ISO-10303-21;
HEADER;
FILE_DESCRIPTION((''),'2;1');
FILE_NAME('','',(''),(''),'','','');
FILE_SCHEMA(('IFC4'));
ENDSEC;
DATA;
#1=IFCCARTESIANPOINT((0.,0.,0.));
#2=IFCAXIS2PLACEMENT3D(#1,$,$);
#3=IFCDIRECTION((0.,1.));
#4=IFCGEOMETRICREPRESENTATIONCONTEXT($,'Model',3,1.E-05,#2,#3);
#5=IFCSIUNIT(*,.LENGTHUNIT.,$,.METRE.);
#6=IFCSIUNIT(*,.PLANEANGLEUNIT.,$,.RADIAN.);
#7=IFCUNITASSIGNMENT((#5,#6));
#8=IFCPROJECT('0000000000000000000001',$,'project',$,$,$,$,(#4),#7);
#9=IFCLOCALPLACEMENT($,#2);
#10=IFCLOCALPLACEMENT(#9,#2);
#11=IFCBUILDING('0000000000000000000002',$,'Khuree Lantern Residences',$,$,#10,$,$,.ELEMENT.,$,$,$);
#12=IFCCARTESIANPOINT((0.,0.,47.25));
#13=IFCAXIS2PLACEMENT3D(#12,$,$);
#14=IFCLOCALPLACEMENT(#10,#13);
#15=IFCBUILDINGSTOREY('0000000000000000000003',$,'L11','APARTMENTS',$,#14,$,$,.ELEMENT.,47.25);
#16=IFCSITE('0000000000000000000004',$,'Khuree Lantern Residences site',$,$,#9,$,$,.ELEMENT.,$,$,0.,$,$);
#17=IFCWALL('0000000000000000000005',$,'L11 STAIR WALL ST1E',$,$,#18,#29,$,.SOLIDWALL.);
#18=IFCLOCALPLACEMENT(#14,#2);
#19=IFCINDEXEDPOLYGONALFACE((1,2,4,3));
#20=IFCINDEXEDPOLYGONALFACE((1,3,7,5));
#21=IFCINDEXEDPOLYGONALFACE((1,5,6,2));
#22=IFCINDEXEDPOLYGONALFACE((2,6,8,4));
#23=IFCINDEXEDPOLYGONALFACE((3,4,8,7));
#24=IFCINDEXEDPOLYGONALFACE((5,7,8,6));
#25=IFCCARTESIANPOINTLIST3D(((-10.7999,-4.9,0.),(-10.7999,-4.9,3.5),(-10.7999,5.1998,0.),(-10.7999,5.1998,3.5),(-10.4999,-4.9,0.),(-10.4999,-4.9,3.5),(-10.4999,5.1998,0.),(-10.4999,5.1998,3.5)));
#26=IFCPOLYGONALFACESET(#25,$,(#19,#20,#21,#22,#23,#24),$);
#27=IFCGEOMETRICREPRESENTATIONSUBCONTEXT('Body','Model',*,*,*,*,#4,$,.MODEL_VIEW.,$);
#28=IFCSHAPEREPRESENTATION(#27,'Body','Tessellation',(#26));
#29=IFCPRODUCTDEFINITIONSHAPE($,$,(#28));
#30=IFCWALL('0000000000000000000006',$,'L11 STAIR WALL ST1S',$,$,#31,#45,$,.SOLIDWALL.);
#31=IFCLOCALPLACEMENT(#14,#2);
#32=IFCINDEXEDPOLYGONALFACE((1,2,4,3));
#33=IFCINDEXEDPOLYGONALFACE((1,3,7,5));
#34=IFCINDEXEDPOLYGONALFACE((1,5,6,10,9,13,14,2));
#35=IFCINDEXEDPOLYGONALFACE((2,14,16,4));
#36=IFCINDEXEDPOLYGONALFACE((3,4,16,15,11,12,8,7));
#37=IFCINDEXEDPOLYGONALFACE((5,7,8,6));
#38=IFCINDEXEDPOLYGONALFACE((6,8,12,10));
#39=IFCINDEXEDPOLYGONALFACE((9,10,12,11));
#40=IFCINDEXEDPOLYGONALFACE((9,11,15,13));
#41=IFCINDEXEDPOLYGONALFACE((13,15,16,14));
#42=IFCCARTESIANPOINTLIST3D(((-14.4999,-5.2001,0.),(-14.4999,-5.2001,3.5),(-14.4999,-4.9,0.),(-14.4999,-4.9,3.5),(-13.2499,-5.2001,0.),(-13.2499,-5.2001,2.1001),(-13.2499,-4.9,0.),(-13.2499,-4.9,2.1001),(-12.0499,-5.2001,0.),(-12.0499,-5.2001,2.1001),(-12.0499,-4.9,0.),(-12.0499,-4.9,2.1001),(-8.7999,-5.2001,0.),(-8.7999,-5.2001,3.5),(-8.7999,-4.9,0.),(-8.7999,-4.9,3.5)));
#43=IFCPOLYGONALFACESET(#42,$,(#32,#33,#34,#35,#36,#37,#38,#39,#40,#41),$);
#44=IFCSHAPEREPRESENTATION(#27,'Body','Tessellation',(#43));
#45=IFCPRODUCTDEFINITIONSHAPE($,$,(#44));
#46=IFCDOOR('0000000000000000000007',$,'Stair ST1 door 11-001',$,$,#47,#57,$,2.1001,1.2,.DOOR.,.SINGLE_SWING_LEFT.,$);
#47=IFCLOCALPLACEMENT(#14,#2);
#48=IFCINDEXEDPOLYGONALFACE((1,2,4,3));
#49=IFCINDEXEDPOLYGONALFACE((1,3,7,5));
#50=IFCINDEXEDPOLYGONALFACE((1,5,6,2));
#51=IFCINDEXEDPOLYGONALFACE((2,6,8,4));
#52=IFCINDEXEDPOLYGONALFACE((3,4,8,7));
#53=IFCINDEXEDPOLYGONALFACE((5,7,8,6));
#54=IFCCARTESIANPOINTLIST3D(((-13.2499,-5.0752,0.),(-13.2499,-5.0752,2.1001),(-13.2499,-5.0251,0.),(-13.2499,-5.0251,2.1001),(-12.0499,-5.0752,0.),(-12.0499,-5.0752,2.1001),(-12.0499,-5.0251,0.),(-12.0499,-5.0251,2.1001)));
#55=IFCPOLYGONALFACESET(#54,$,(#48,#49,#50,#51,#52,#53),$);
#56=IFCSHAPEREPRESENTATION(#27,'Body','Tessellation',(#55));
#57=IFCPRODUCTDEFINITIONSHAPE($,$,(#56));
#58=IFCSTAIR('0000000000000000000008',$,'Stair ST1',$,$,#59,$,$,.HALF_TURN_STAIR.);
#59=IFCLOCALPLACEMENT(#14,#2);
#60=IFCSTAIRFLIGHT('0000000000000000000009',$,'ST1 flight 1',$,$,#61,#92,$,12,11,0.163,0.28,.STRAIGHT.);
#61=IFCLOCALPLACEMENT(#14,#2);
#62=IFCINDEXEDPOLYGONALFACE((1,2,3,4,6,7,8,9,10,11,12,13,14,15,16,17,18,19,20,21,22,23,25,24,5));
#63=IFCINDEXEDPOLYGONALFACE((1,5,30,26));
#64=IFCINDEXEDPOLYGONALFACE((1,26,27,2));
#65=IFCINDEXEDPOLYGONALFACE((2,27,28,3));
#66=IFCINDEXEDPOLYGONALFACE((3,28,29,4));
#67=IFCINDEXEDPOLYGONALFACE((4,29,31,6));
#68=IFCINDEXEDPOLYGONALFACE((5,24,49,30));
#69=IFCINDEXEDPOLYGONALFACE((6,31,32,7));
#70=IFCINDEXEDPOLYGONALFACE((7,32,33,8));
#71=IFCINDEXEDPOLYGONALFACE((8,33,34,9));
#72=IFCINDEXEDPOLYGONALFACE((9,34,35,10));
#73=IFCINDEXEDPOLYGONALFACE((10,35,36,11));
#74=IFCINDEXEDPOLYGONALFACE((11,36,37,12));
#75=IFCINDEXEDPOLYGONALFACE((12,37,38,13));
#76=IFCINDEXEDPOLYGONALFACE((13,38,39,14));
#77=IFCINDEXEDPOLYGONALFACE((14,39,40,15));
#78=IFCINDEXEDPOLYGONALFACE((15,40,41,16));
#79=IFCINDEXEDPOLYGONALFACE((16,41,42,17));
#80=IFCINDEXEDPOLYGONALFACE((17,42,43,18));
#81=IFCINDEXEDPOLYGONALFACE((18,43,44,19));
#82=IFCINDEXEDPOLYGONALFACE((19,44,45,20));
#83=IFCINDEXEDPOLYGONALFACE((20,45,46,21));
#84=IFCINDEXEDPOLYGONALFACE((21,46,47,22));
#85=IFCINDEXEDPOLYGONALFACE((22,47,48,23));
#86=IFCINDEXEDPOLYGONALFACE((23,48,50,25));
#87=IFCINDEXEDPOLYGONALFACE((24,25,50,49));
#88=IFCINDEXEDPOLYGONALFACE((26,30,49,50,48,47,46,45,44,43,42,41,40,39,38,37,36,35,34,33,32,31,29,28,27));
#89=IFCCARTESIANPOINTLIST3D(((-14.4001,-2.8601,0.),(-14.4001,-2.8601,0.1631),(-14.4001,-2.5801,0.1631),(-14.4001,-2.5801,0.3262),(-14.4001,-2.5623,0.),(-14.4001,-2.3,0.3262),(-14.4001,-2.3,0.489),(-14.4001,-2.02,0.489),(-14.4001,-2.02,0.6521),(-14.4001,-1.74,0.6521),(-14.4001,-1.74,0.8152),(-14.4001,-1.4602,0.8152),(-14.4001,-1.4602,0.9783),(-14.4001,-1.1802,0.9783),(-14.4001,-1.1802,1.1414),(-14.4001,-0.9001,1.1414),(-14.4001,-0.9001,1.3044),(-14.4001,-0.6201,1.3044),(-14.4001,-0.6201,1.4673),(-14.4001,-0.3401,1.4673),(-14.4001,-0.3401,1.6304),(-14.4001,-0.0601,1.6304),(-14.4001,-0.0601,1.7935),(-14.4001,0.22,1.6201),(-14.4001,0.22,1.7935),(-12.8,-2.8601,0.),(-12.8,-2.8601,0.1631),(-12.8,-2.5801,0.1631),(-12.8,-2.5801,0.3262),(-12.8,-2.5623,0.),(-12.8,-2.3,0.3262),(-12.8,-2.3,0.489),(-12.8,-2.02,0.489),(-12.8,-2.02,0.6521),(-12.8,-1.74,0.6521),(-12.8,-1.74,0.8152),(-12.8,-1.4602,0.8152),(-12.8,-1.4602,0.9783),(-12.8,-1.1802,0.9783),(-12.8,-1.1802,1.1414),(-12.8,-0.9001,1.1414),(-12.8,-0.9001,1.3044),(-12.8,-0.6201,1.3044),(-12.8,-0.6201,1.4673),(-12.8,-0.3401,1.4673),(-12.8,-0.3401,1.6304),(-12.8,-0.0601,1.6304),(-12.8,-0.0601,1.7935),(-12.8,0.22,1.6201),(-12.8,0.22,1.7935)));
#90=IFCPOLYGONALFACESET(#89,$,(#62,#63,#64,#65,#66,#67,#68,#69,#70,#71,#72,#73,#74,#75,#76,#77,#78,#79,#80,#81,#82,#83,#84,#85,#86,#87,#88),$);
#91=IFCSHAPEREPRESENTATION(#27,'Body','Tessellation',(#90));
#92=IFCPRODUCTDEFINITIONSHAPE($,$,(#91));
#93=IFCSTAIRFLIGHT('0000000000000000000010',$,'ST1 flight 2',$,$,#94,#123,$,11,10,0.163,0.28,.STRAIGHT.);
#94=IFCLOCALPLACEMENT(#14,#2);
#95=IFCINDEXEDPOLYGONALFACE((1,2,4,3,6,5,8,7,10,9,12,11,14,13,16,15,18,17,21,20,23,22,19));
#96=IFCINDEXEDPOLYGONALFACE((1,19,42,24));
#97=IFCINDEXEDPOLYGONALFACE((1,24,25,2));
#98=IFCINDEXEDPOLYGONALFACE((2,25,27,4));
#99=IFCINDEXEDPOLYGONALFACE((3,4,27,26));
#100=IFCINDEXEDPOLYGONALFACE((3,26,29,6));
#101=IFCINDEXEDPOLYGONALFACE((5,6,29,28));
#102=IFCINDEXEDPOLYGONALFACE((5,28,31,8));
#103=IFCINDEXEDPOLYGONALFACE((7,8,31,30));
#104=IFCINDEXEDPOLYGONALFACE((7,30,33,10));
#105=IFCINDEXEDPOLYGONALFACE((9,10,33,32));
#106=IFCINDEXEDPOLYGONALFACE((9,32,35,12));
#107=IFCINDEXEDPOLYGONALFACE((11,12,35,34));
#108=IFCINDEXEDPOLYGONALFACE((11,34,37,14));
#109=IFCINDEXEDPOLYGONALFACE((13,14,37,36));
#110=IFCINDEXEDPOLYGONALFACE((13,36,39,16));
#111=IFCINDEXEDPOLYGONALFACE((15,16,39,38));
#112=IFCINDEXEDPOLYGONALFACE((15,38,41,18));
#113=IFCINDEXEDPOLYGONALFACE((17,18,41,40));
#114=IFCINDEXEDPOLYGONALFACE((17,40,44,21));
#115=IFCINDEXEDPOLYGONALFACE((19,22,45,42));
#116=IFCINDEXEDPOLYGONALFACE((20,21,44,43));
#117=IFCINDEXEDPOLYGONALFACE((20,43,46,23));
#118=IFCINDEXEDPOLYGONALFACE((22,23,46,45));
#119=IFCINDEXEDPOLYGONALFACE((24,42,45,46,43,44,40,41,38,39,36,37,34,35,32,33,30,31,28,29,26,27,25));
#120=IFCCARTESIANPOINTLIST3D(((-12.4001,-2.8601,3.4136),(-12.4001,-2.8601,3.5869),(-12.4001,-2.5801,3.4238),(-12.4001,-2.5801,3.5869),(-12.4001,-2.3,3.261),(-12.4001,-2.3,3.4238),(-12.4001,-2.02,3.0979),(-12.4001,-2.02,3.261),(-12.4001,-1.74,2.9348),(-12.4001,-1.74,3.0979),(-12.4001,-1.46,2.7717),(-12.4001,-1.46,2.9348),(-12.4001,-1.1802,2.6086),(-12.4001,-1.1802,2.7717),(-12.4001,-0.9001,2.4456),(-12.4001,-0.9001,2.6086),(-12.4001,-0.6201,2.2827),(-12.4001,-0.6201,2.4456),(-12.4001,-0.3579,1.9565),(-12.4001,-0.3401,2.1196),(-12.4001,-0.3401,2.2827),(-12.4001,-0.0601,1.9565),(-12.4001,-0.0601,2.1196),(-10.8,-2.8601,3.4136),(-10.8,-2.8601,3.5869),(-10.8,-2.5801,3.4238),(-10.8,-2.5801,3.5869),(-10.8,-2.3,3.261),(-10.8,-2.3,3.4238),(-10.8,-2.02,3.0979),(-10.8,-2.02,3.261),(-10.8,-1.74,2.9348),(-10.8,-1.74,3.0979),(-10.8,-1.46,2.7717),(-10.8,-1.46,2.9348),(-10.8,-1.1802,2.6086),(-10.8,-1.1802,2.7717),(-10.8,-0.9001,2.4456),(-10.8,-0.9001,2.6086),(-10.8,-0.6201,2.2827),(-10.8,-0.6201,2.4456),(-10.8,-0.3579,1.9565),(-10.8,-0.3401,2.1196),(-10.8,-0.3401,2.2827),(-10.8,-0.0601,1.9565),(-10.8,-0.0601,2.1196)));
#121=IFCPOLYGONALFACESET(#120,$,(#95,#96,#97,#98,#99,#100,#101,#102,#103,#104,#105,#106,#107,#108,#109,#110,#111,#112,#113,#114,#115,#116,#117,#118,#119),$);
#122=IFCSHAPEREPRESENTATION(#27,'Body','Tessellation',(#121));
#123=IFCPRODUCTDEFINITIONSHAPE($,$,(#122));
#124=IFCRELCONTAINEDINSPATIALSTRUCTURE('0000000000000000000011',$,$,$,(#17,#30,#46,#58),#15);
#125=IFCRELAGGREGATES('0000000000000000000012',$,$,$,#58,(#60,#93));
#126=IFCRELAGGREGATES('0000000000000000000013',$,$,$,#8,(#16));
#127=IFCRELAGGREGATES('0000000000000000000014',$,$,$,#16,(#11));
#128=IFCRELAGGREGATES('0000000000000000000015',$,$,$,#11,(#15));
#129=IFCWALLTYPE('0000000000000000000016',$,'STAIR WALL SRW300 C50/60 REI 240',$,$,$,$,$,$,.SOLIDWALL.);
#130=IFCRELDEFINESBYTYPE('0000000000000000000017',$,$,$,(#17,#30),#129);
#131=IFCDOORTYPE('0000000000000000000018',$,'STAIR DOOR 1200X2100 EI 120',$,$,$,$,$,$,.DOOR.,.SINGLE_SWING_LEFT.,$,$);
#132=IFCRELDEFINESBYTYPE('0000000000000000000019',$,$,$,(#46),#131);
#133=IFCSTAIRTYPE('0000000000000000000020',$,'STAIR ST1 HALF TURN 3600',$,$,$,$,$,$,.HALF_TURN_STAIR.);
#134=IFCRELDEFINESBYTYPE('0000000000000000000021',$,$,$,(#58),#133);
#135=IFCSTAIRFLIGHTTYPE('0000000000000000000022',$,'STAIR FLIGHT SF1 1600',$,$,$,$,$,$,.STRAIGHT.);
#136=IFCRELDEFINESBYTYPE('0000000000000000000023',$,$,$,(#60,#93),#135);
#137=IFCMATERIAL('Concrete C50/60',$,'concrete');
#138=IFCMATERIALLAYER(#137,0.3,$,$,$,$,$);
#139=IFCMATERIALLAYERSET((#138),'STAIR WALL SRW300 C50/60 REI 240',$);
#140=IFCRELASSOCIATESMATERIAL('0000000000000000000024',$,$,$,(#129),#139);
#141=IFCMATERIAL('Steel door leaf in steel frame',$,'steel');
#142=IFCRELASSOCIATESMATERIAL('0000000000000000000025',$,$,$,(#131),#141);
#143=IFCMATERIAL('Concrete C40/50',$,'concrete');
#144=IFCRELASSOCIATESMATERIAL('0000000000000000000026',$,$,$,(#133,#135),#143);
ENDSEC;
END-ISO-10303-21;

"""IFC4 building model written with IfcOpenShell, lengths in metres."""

from ifc_helpers import new_model, si_unit, direction, frame, frame_2d, origin, place, context, subcontext, project, spatial, polyline, rectangle, outline, extrude, material, layer, layer_set, type_object, element, fill, aggregate, save


model = new_model("IFC4")

# Units and contexts
model_context = context("Model", 3, precision=1e-05, world=origin(), true_north=direction((0.0, 1.0)))
body_context = subcontext(model_context, "Body", "Model", "MODEL_VIEW")
ifc_project = project(units=[si_unit("LENGTHUNIT", "METRE"), si_unit("PLANEANGLEUNIT", "RADIAN")], contexts=[model_context])

# Site, building, storey
site_placement = place(None, origin())
site = spatial("IfcSite", under=ifc_project, at=site_placement, Name="Khuree Lantern Residences site", CompositionType="ELEMENT", RefElevation=0.0)
building_placement = place(site_placement, origin())
building = spatial("IfcBuilding", under=site, at=building_placement, Name="Khuree Lantern Residences", CompositionType="ELEMENT")
storey_placement = place(building_placement, frame((0.0, 0.0, 47.25)))
storey = spatial("IfcBuildingStorey", under=building, at=storey_placement, Name="L11", Description="APARTMENTS", CompositionType="ELEMENT", Elevation=47.25)

# Shared definitions
ifc_material_1 = material(Name="Steel door leaf in steel frame", Category="steel")

# Wall
ifc_material_2 = material(Name="Concrete C50/60", Category="concrete")
ifc_layer_1 = layer(ifc_material_2, 0.3)
ifc_layer_set_1 = layer_set([ifc_layer_1], Name="STAIR WALL SRW300 C50/60 REI 240")
wall_type_1 = type_object("IfcWallType", Name="STAIR WALL SRW300 C50/60 REI 240", PredefinedType="SOLIDWALL", material=ifc_layer_set_1)
wall_1_placement = place(storey_placement, frame((-10.6499, -4.8999, 0.0), z_axis=(0.0, 0.0, 1.0), x_axis=(0.0, 1.0, 0.0)))
element("IfcWall", 1, at=wall_1_placement, inside=storey, type_object=wall_type_1, Name="L11 STAIR WALL ST1E", PredefinedType="SOLIDWALL", context=body_context, shape_type="SweptSolid", body=[
    extrude(rectangle(XDim=10.0999, YDim=0.3, at=frame_2d((5.0498, 0.0))), origin(), (0.0, 0.0, 1.0), 3.5),
])

# Wall, opening, door
wall_2_placement = place(storey_placement, frame((-14.5, -5.05, 0.0), z_axis=(0.0, 0.0, 1.0), x_axis=(1.0, 0.0, 0.0)))
wall_2 = element("IfcWall", 2, at=wall_2_placement, inside=storey, type_object=wall_type_1, Name="L11 STAIR WALL ST1S", PredefinedType="SOLIDWALL", context=body_context, shape_type="SweptSolid", body=[
    extrude(rectangle(XDim=5.7, YDim=0.3, at=frame_2d((2.8501, 0.0))), origin(), (0.0, 0.0, 1.0), 3.5),
])
opening_1_placement = place(wall_2_placement, frame((1.25, 0.0, 0.0)))
opening_1 = element("IfcOpeningElement", 3, at=opening_1_placement, cuts=wall_2, PredefinedType="OPENING", context=body_context, shape_type="SweptSolid", body=[
    extrude(rectangle(XDim=1.2, YDim=2.1001, at=frame_2d((0.6001, 1.05))), frame((0.0, 0.1602, 0.0), z_axis=(0.0, -1.0, 0.0), x_axis=(1.0, 0.0, 0.0)), (0.0, 0.0, 1.0), 0.3201),
])
door_type_1 = type_object("IfcDoorType", Name="STAIR DOOR 1200X2100 EI 120", OperationType="SINGLE_SWING_LEFT", PredefinedType="DOOR", material=ifc_material_1)
door_1_placement = place(opening_1_placement, origin())
door_1 = element("IfcDoor", 4, at=door_1_placement, inside=storey, type_object=door_type_1, Name="Stair ST1 door 11-001", OperationType="SINGLE_SWING_LEFT", OverallHeight=2.1001, OverallWidth=1.2, PredefinedType="DOOR", context=body_context, shape_type="SweptSolid", body=[
    extrude(rectangle(XDim=1.2, YDim=2.1001, at=frame_2d((0.6001, 1.05))), frame((0.0, 0.0249, 0.0), z_axis=(0.0, -1.0, 0.0), x_axis=(1.0, 0.0, 0.0)), (0.0, 0.0, 1.0), 0.05),
])
fill(opening_1, door_1)

# Stair, stair flights
ifc_material_3 = material(Name="Concrete C40/50", Category="concrete")
stair_type = type_object("IfcStairType", Name="STAIR ST1 HALF TURN 3600", PredefinedType="HALF_TURN_STAIR", material=ifc_material_3)
stair_placement = place(storey_placement, origin())
stair = element("IfcStair", 5, at=stair_placement, inside=storey, type_object=stair_type, Name="Stair ST1", PredefinedType="HALF_TURN_STAIR")
stair_flight_type = type_object("IfcStairFlightType", Name="STAIR FLIGHT SF1 1600", PredefinedType="STRAIGHT", material=ifc_material_3)
stair_flight_1_placement = place(storey_placement, frame((-13.6001, -2.8601, 0.0), z_axis=(0.0, 0.0, 1.0), x_axis=(0.0, 1.0, 0.0)))
stair_flight_1 = element("IfcStairFlight", 6, at=stair_flight_1_placement, type_object=stair_flight_type, Name="ST1 flight 1", NumberOfRisers=12, NumberOfTreads=11, PredefinedType="STRAIGHT", RiserHeight=0.163, TreadLength=0.28, context=body_context, shape_type="SweptSolid", body=[
    extrude(outline(polyline([(0.0, 0.0), (0.0, 0.1631), (0.28, 0.1631), (0.28, 0.3262), (0.5601, 0.3262), (0.5601, 0.489), (0.8401, 0.489), (0.8401, 0.6521), (1.1201, 0.6521), (1.1201, 0.8152), (1.3999, 0.8152), (1.3999, 0.9783), (1.6799, 0.9783), (1.6799, 1.1414), (1.96, 1.1414), (1.96, 1.3044), (2.24, 1.3044), (2.24, 1.4673), (2.52, 1.4673), (2.52, 1.6304), (2.8, 1.6304), (2.8, 1.7935), (3.0801, 1.7935), (3.0801, 1.9565), (3.0801, 1.6201), (0.2979, 0.0), (0.0, 0.0)])), frame((0.0, 0.8, 0.0), z_axis=(0.0, -1.0, 0.0), x_axis=(1.0, 0.0, 0.0)), (0.0, 0.0, 1.0), 1.6001),
])
stair_flight_2_placement = place(storey_placement, frame((-11.6001, -0.0601, 1.9565), z_axis=(0.0, 0.0, 1.0), x_axis=(0.0, -1.0, 0.0)))
stair_flight_2 = element("IfcStairFlight", 7, at=stair_flight_2_placement, type_object=stair_flight_type, Name="ST1 flight 2", NumberOfRisers=11, NumberOfTreads=10, PredefinedType="STRAIGHT", RiserHeight=0.163, TreadLength=0.28, context=body_context, shape_type="SweptSolid", body=[
    extrude(outline(polyline([(0.0, 0.0), (0.0, 0.1631), (0.28, 0.1631), (0.28, 0.3262), (0.5601, 0.3262), (0.5601, 0.489), (0.8401, 0.489), (0.8401, 0.6521), (1.1201, 0.6521), (1.1201, 0.8152), (1.3999, 0.8152), (1.3999, 0.9783), (1.6799, 0.9783), (1.6799, 1.1414), (1.96, 1.1414), (1.96, 1.3044), (2.24, 1.3044), (2.24, 1.4673), (2.52, 1.4673), (2.52, 1.6304), (2.8, 1.6304), (2.8, 1.7935), (2.8, 1.457), (0.2979, 0.0), (0.0, 0.0)])), frame((0.0, 0.8, 0.0), z_axis=(0.0, -1.0, 0.0), x_axis=(1.0, 0.0, 0.0)), (0.0, 0.0, 1.0), 1.6001),
])
aggregate(stair, [stair_flight_1, stair_flight_2])

save(model, "model.ifc")
